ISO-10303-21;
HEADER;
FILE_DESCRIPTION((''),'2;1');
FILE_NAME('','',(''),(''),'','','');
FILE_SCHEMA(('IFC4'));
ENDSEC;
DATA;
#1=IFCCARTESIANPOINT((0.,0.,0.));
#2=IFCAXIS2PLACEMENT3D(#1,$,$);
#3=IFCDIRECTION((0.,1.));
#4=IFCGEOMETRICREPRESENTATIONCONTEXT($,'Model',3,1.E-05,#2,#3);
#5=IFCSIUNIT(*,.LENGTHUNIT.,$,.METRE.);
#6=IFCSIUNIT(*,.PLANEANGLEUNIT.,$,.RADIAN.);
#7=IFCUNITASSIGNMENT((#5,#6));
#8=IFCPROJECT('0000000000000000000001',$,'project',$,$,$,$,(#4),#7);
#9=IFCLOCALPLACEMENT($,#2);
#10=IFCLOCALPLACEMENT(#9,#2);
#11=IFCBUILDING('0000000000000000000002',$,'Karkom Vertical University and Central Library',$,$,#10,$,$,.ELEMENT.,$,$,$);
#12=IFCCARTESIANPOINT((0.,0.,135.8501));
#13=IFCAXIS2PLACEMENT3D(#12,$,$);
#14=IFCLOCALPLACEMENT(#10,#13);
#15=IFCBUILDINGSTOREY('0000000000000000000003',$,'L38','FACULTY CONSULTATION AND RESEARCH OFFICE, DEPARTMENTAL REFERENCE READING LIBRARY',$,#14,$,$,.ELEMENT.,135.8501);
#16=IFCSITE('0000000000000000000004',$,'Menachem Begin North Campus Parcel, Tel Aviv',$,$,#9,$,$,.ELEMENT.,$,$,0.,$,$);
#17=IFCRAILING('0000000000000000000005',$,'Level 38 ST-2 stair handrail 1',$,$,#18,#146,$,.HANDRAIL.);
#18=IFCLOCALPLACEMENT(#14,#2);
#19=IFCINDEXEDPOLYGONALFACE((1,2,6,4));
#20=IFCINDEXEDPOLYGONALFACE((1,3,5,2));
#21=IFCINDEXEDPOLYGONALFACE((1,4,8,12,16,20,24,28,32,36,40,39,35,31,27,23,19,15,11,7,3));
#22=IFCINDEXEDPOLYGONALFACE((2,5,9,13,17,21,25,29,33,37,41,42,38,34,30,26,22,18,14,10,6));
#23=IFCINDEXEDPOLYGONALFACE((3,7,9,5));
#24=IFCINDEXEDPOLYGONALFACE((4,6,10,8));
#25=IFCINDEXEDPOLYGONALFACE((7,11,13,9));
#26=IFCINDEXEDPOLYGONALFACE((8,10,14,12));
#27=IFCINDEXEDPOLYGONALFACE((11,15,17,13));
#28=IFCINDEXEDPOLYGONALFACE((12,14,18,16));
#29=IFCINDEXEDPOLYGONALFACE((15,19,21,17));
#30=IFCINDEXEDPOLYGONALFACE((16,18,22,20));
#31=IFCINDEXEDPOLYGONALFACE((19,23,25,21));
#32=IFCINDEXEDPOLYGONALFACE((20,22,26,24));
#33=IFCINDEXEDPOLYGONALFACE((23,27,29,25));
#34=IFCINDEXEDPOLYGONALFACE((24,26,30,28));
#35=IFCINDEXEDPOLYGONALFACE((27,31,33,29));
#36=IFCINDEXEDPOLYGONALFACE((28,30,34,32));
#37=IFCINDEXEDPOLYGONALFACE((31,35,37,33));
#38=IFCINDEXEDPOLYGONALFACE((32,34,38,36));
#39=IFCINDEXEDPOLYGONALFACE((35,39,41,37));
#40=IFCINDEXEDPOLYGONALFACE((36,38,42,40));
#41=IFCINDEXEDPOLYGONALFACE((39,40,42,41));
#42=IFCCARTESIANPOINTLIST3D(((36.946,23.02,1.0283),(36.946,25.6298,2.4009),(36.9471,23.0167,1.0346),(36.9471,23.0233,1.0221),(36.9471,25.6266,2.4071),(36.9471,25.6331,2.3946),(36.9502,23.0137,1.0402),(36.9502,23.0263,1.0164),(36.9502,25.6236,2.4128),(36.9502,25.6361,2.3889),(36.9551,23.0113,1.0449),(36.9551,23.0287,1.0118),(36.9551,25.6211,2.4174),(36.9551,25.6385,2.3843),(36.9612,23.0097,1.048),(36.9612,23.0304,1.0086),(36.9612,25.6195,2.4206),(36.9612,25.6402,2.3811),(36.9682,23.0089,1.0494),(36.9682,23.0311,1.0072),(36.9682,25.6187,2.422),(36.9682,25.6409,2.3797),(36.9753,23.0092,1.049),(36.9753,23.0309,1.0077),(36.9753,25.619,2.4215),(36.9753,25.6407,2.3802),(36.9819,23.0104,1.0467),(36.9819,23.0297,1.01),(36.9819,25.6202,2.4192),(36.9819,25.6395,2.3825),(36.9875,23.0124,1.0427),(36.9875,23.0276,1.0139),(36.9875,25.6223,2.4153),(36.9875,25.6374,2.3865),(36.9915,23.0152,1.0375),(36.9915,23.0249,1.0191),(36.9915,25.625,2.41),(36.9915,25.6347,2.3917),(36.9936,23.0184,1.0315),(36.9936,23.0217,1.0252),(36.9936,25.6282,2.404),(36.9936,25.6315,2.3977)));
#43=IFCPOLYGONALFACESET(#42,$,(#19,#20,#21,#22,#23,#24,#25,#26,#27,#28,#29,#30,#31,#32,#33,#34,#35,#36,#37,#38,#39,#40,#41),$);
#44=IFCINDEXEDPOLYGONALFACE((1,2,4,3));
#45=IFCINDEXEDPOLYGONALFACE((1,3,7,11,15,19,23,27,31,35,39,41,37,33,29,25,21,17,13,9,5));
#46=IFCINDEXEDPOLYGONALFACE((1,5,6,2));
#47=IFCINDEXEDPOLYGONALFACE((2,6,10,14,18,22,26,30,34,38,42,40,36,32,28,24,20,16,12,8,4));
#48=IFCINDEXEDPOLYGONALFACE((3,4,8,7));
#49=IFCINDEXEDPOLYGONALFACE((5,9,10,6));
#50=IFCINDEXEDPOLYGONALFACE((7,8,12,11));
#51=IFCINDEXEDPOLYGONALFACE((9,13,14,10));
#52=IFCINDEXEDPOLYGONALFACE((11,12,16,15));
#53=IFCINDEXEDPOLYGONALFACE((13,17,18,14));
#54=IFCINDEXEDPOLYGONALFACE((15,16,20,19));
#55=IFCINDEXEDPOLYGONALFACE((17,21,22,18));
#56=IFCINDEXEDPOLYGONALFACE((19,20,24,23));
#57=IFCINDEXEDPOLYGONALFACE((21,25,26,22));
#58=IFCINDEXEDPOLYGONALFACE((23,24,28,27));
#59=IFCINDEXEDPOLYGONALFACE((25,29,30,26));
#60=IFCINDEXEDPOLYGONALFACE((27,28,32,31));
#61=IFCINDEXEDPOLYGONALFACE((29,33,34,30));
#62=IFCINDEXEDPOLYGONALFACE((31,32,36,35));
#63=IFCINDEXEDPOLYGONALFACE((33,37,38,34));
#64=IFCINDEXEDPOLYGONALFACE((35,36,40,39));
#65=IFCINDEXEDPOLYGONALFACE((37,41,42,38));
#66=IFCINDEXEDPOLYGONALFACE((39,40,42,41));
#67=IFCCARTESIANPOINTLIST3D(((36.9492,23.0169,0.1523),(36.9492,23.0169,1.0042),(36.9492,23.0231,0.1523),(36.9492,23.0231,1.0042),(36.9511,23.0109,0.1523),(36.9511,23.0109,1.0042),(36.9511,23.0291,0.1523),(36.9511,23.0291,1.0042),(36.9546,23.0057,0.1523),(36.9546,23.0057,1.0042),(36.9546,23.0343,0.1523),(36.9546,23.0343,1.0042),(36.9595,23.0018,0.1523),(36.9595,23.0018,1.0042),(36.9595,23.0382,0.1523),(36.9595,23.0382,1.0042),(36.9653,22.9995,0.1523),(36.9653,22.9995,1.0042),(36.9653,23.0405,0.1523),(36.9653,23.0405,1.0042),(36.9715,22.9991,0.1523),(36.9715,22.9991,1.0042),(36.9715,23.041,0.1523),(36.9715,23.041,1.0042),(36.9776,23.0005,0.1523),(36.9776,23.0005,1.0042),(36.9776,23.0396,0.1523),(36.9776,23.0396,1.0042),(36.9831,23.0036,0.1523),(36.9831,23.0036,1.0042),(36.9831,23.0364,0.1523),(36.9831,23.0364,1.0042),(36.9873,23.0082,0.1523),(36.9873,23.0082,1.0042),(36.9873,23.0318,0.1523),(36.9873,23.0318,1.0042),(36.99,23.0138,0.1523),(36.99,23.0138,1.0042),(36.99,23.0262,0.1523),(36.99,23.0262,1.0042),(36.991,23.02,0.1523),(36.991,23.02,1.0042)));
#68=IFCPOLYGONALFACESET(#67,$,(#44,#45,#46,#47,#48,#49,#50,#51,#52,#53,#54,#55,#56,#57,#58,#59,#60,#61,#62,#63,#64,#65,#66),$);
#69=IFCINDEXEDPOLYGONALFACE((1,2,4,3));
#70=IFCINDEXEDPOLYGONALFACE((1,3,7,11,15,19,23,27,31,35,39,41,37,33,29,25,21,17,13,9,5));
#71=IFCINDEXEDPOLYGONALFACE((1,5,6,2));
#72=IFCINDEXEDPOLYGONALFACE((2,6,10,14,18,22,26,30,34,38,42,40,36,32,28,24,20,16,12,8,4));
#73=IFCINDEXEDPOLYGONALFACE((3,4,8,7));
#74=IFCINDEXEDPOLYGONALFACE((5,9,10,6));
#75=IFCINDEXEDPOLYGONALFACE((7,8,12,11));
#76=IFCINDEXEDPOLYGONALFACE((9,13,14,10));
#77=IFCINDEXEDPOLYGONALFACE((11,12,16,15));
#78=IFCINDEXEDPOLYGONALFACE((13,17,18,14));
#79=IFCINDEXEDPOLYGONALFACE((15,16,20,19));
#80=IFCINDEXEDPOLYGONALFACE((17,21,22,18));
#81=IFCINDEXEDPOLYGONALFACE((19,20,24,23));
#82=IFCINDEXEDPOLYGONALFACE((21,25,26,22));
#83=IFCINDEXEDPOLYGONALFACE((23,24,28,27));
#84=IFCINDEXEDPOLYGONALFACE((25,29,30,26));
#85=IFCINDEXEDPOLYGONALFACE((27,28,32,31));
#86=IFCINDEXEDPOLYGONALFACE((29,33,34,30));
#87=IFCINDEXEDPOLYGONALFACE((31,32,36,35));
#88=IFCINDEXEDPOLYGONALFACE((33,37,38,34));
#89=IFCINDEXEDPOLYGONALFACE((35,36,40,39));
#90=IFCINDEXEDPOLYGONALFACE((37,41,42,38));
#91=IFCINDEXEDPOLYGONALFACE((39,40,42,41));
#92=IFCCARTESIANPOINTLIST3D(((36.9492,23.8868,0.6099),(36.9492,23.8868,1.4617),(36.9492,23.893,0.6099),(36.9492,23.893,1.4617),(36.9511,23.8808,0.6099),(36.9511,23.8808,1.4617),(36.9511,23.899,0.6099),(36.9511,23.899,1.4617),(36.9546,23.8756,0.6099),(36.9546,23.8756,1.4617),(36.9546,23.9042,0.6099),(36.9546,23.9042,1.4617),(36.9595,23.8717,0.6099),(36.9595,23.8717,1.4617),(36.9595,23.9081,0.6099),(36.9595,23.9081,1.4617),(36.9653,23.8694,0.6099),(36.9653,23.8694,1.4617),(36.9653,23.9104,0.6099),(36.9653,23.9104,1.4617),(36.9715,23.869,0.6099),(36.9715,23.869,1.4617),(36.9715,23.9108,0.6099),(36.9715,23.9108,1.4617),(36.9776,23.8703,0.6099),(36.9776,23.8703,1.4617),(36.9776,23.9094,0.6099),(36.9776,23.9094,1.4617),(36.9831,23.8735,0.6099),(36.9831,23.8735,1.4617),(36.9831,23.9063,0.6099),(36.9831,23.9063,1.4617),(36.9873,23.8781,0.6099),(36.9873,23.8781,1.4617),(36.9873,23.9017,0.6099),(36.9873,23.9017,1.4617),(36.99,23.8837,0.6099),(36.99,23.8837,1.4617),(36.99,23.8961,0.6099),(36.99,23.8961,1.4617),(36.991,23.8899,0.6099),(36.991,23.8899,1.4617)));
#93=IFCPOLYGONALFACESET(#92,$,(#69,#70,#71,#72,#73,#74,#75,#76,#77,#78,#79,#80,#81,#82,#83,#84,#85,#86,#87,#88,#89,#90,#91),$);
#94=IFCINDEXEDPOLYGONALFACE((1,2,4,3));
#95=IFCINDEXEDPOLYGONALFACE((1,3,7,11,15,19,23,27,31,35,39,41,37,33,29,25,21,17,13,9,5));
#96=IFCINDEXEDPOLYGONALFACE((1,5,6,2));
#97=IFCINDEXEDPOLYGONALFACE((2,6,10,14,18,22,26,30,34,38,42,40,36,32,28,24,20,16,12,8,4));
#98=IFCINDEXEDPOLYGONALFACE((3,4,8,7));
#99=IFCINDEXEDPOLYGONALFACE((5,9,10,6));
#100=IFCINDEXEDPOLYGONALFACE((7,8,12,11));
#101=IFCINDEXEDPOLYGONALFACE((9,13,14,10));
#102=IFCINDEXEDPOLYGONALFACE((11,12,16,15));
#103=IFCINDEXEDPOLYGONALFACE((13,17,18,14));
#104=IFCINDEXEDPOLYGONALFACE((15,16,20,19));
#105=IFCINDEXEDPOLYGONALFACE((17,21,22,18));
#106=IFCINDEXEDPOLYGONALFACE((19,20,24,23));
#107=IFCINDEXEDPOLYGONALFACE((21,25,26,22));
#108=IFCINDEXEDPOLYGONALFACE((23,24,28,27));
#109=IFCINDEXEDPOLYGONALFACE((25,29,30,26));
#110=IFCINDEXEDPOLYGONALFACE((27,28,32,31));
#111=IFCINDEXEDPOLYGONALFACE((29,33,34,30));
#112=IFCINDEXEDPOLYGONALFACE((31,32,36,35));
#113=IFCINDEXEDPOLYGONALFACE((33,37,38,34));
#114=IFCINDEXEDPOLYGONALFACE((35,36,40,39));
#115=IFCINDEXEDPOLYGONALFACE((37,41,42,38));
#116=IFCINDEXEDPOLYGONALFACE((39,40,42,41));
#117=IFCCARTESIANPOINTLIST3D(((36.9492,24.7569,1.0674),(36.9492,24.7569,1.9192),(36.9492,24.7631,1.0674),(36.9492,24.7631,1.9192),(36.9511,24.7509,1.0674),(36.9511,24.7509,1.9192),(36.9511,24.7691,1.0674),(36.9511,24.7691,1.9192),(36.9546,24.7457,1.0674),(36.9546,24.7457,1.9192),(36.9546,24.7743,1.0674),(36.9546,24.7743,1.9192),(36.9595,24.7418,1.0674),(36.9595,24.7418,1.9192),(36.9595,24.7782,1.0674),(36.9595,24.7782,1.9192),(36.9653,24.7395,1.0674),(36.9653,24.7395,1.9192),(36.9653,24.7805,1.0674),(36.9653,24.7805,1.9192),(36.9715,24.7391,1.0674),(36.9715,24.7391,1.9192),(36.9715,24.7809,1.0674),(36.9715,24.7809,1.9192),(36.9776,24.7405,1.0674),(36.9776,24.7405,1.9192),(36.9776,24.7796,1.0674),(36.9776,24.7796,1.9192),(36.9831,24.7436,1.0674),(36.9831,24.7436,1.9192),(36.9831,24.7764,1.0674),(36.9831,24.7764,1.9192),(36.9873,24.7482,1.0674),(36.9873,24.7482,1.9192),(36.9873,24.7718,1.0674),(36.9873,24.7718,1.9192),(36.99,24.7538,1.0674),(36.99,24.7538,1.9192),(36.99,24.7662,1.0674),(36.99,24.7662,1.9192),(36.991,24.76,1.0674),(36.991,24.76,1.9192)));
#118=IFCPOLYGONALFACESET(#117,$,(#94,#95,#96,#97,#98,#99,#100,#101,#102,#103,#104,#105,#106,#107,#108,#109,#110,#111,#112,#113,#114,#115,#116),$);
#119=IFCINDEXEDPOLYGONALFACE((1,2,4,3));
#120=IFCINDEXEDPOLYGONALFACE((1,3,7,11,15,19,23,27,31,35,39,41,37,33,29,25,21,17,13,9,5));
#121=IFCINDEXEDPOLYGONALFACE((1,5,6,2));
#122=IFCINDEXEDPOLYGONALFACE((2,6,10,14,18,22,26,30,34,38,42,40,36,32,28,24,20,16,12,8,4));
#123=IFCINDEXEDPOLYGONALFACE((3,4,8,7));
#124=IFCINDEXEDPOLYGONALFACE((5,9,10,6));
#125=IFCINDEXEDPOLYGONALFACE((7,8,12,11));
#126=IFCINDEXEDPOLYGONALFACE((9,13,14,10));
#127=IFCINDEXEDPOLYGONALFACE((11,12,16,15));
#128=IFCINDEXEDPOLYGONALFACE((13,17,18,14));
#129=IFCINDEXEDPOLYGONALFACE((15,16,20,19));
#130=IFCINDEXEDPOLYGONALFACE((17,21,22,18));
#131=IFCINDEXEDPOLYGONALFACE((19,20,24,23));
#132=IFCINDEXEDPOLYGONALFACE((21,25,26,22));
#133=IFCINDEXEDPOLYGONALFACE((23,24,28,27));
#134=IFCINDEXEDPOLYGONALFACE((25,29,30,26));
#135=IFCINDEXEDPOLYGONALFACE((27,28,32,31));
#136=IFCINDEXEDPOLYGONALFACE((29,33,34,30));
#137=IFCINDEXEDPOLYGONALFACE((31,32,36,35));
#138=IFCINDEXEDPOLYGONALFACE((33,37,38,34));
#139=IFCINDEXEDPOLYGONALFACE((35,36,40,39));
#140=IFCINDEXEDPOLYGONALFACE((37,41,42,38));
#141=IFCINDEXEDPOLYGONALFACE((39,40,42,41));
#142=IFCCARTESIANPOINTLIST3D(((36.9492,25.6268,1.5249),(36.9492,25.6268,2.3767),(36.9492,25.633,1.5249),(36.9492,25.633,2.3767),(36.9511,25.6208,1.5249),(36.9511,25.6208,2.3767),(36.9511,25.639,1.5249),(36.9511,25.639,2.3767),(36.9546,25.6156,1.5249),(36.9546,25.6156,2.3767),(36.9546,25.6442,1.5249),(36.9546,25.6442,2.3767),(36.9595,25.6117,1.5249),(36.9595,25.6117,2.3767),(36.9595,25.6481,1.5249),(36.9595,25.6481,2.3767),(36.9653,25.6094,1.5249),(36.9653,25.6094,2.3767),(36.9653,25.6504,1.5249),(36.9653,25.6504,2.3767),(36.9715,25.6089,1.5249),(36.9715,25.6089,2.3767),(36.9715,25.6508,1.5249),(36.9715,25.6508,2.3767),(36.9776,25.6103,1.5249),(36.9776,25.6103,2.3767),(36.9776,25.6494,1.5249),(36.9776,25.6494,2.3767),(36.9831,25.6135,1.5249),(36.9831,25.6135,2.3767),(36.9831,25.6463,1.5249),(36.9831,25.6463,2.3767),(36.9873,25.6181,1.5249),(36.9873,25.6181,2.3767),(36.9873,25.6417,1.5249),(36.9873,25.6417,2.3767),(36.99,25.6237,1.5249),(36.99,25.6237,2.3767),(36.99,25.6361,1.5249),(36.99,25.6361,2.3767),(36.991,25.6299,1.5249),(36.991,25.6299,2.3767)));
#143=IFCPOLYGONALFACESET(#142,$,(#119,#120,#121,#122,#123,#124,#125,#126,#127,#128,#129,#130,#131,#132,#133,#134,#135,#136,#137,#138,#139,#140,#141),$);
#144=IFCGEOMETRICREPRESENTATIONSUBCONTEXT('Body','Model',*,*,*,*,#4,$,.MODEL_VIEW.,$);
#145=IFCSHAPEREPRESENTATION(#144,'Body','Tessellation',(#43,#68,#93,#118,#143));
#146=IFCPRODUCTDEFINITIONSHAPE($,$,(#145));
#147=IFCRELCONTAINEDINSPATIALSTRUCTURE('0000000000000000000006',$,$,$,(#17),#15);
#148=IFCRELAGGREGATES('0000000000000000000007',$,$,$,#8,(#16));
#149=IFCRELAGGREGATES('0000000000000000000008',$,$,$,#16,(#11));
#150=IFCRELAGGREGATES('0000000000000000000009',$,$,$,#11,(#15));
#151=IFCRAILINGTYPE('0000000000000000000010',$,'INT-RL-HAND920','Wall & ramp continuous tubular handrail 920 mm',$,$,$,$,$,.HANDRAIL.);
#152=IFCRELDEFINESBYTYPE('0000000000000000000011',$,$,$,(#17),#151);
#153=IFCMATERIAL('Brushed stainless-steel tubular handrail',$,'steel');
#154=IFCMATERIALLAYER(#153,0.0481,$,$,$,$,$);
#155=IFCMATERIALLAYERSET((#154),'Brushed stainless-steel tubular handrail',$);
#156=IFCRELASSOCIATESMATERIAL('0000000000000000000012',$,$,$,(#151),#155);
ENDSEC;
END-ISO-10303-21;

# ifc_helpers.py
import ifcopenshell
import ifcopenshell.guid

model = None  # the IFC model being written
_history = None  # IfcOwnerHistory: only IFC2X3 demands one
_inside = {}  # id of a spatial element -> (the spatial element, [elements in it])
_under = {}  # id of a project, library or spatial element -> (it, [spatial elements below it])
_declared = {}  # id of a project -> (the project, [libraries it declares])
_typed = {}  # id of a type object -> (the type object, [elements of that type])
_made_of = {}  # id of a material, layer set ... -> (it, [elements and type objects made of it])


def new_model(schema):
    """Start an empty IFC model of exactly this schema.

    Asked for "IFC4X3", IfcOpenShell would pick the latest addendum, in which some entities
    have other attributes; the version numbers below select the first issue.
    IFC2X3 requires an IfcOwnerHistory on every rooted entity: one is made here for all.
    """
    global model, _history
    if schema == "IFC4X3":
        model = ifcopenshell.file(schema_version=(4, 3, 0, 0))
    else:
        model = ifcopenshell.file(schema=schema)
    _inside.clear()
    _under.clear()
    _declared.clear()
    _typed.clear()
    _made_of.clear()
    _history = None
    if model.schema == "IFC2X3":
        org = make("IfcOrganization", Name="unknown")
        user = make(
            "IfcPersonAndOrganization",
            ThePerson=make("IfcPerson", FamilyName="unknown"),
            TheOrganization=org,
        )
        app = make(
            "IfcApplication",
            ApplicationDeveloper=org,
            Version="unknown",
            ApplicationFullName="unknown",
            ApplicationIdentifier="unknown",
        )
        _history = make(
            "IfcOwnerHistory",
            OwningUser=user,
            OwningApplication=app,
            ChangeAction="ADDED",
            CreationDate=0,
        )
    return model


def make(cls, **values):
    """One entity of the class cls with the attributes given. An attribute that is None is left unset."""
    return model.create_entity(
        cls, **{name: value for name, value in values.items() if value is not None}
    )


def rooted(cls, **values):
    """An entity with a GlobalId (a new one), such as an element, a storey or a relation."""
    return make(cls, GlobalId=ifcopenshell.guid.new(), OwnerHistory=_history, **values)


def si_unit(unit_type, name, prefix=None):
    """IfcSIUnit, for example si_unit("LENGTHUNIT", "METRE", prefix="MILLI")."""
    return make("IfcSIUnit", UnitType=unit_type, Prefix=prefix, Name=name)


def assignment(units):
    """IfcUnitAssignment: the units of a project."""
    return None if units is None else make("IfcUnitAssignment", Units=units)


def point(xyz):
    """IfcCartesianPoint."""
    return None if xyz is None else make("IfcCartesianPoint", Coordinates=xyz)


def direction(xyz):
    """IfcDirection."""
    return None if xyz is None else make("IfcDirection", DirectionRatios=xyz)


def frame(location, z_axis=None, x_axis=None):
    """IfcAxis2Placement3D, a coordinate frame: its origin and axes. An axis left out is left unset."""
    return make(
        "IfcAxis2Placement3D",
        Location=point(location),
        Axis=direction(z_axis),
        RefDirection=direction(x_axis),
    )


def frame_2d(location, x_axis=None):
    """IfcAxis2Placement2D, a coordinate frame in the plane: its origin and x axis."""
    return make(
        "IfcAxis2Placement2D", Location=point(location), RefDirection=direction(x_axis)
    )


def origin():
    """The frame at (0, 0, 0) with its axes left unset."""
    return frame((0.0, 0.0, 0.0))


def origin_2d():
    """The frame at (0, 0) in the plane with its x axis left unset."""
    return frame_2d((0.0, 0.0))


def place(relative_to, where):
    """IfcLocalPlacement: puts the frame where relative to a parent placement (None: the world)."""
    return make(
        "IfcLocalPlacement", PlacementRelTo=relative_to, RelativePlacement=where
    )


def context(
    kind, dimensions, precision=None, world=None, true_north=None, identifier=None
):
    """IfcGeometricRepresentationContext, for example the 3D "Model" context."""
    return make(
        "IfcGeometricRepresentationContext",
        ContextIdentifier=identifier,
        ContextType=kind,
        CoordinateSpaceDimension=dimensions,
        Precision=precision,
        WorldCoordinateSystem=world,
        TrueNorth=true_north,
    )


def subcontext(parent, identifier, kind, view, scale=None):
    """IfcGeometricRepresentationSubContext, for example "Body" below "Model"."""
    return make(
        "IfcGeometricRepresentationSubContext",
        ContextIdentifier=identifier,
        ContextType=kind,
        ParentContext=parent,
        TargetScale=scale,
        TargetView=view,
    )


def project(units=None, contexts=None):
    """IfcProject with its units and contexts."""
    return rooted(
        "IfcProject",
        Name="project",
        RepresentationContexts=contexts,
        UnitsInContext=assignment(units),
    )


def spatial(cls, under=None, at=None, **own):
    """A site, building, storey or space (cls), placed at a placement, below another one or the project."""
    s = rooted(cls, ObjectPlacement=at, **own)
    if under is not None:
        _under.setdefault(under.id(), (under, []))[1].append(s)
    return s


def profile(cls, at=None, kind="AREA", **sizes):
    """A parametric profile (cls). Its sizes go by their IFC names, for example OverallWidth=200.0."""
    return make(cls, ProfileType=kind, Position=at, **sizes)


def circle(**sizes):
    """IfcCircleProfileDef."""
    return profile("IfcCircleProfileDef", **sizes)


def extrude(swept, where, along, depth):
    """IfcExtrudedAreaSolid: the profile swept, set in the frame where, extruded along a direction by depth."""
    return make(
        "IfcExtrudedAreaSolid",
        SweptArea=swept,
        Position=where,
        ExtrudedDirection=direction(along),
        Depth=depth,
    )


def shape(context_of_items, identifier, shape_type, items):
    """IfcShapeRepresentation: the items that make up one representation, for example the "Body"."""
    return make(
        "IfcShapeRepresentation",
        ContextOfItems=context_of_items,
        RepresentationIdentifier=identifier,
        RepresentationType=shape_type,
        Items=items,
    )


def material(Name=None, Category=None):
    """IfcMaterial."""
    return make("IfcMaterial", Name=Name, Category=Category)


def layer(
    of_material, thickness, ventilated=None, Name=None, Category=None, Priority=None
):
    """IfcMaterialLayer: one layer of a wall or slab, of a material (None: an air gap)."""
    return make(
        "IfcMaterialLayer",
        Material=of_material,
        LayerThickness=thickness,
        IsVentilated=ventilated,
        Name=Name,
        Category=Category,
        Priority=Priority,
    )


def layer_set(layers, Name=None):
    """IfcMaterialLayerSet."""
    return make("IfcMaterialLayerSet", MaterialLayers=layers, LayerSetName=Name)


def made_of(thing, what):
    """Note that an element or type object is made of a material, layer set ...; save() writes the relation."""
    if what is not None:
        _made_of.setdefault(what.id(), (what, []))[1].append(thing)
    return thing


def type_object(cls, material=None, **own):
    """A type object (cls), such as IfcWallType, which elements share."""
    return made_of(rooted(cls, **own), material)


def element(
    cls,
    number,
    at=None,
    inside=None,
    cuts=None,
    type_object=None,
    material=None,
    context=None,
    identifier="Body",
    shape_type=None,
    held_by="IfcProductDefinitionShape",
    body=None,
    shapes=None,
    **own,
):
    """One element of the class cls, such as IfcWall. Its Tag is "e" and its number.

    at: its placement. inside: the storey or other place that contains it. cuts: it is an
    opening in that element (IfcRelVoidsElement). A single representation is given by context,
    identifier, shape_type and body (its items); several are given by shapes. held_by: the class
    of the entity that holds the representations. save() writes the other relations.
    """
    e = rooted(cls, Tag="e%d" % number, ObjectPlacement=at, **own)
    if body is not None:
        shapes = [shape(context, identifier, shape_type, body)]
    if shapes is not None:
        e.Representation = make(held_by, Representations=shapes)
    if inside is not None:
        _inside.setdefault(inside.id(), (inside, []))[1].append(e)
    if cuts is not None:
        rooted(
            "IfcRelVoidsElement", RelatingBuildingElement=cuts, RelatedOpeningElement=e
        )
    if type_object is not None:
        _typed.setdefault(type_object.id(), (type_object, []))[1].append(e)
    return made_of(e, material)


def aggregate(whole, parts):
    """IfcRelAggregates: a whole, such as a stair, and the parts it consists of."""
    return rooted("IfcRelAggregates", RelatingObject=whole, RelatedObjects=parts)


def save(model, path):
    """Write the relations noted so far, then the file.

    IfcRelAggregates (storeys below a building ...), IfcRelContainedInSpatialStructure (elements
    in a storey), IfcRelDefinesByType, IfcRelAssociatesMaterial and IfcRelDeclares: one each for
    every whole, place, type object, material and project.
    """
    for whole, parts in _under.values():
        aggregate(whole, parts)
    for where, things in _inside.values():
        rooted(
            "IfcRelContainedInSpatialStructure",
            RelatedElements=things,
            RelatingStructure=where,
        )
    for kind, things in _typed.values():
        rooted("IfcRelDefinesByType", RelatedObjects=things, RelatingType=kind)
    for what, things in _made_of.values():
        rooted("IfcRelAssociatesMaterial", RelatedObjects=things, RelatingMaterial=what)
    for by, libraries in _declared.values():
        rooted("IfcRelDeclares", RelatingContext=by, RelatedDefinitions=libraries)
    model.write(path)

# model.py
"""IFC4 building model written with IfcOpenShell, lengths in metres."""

from ifc_helpers import new_model, si_unit, direction, frame, origin, origin_2d, place, context, subcontext, project, spatial, circle, extrude, material, layer, layer_set, type_object, element, save


model = new_model("IFC4")

# Units and contexts
model_context = context("Model", 3, precision=1e-05, world=origin(), true_north=direction((0.0, 1.0)))
body_context = subcontext(model_context, "Body", "Model", "MODEL_VIEW")
ifc_project = project(units=[si_unit("LENGTHUNIT", "METRE"), si_unit("PLANEANGLEUNIT", "RADIAN")], contexts=[model_context])

# Site, building, storey
site_placement = place(None, origin())
site = spatial("IfcSite", under=ifc_project, at=site_placement, Name="Menachem Begin North Campus Parcel, Tel Aviv", CompositionType="ELEMENT", RefElevation=0.0)
building_placement = place(site_placement, origin())
building = spatial("IfcBuilding", under=site, at=building_placement, Name="Karkom Vertical University and Central Library", CompositionType="ELEMENT")
storey_placement = place(building_placement, frame((0.0, 0.0, 135.8501)))
storey = spatial("IfcBuildingStorey", under=building, at=storey_placement, Name="L38", Description="FACULTY CONSULTATION AND RESEARCH OFFICE, DEPARTMENTAL REFERENCE READING LIBRARY", CompositionType="ELEMENT", Elevation=135.8501)

# Railing
ifc_material_1 = material(Name="Brushed stainless-steel tubular handrail", Category="steel")
ifc_layer_1 = layer(ifc_material_1, 0.0481)
ifc_layer_set_1 = layer_set([ifc_layer_1], Name="Brushed stainless-steel tubular handrail")
railing_type_1 = type_object("IfcRailingType", Name="INT-RL-HAND920", Description="Wall & ramp continuous tubular handrail 920 mm", PredefinedType="HANDRAIL", material=ifc_layer_set_1)
railing_1_placement = place(storey_placement, frame((36.97, 23.02, 0.1523)))
element("IfcRailing", 1, at=railing_1_placement, inside=storey, type_object=railing_type_1, Name="Level 38 ST-2 stair handrail 1", PredefinedType="HANDRAIL", context=body_context, shape_type="SweptSolid", body=[
    extrude(circle(Radius=0.0239, at=origin_2d()), frame((0.0, 0.0, 0.876), z_axis=(0.0, 0.885065, 0.465467), x_axis=(-1.0, 0.0, 0.0)), (0.0, 0.0, 1.0), 2.9487),
    extrude(circle(Radius=0.021, at=origin_2d()), origin(), (0.0, 0.0, 1.0), 0.8518),
    extrude(circle(Radius=0.021, at=origin_2d()), frame((0.0, 0.8699, 0.4575)), (0.0, 0.0, 1.0), 0.8518),
    extrude(circle(Radius=0.021, at=origin_2d()), frame((0.0, 1.74, 0.915)), (0.0, 0.0, 1.0), 0.8518),
    extrude(circle(Radius=0.021, at=origin_2d()), frame((0.0, 2.6099, 1.3726)), (0.0, 0.0, 1.0), 0.8518),
])

save(model, "model.ifc")
